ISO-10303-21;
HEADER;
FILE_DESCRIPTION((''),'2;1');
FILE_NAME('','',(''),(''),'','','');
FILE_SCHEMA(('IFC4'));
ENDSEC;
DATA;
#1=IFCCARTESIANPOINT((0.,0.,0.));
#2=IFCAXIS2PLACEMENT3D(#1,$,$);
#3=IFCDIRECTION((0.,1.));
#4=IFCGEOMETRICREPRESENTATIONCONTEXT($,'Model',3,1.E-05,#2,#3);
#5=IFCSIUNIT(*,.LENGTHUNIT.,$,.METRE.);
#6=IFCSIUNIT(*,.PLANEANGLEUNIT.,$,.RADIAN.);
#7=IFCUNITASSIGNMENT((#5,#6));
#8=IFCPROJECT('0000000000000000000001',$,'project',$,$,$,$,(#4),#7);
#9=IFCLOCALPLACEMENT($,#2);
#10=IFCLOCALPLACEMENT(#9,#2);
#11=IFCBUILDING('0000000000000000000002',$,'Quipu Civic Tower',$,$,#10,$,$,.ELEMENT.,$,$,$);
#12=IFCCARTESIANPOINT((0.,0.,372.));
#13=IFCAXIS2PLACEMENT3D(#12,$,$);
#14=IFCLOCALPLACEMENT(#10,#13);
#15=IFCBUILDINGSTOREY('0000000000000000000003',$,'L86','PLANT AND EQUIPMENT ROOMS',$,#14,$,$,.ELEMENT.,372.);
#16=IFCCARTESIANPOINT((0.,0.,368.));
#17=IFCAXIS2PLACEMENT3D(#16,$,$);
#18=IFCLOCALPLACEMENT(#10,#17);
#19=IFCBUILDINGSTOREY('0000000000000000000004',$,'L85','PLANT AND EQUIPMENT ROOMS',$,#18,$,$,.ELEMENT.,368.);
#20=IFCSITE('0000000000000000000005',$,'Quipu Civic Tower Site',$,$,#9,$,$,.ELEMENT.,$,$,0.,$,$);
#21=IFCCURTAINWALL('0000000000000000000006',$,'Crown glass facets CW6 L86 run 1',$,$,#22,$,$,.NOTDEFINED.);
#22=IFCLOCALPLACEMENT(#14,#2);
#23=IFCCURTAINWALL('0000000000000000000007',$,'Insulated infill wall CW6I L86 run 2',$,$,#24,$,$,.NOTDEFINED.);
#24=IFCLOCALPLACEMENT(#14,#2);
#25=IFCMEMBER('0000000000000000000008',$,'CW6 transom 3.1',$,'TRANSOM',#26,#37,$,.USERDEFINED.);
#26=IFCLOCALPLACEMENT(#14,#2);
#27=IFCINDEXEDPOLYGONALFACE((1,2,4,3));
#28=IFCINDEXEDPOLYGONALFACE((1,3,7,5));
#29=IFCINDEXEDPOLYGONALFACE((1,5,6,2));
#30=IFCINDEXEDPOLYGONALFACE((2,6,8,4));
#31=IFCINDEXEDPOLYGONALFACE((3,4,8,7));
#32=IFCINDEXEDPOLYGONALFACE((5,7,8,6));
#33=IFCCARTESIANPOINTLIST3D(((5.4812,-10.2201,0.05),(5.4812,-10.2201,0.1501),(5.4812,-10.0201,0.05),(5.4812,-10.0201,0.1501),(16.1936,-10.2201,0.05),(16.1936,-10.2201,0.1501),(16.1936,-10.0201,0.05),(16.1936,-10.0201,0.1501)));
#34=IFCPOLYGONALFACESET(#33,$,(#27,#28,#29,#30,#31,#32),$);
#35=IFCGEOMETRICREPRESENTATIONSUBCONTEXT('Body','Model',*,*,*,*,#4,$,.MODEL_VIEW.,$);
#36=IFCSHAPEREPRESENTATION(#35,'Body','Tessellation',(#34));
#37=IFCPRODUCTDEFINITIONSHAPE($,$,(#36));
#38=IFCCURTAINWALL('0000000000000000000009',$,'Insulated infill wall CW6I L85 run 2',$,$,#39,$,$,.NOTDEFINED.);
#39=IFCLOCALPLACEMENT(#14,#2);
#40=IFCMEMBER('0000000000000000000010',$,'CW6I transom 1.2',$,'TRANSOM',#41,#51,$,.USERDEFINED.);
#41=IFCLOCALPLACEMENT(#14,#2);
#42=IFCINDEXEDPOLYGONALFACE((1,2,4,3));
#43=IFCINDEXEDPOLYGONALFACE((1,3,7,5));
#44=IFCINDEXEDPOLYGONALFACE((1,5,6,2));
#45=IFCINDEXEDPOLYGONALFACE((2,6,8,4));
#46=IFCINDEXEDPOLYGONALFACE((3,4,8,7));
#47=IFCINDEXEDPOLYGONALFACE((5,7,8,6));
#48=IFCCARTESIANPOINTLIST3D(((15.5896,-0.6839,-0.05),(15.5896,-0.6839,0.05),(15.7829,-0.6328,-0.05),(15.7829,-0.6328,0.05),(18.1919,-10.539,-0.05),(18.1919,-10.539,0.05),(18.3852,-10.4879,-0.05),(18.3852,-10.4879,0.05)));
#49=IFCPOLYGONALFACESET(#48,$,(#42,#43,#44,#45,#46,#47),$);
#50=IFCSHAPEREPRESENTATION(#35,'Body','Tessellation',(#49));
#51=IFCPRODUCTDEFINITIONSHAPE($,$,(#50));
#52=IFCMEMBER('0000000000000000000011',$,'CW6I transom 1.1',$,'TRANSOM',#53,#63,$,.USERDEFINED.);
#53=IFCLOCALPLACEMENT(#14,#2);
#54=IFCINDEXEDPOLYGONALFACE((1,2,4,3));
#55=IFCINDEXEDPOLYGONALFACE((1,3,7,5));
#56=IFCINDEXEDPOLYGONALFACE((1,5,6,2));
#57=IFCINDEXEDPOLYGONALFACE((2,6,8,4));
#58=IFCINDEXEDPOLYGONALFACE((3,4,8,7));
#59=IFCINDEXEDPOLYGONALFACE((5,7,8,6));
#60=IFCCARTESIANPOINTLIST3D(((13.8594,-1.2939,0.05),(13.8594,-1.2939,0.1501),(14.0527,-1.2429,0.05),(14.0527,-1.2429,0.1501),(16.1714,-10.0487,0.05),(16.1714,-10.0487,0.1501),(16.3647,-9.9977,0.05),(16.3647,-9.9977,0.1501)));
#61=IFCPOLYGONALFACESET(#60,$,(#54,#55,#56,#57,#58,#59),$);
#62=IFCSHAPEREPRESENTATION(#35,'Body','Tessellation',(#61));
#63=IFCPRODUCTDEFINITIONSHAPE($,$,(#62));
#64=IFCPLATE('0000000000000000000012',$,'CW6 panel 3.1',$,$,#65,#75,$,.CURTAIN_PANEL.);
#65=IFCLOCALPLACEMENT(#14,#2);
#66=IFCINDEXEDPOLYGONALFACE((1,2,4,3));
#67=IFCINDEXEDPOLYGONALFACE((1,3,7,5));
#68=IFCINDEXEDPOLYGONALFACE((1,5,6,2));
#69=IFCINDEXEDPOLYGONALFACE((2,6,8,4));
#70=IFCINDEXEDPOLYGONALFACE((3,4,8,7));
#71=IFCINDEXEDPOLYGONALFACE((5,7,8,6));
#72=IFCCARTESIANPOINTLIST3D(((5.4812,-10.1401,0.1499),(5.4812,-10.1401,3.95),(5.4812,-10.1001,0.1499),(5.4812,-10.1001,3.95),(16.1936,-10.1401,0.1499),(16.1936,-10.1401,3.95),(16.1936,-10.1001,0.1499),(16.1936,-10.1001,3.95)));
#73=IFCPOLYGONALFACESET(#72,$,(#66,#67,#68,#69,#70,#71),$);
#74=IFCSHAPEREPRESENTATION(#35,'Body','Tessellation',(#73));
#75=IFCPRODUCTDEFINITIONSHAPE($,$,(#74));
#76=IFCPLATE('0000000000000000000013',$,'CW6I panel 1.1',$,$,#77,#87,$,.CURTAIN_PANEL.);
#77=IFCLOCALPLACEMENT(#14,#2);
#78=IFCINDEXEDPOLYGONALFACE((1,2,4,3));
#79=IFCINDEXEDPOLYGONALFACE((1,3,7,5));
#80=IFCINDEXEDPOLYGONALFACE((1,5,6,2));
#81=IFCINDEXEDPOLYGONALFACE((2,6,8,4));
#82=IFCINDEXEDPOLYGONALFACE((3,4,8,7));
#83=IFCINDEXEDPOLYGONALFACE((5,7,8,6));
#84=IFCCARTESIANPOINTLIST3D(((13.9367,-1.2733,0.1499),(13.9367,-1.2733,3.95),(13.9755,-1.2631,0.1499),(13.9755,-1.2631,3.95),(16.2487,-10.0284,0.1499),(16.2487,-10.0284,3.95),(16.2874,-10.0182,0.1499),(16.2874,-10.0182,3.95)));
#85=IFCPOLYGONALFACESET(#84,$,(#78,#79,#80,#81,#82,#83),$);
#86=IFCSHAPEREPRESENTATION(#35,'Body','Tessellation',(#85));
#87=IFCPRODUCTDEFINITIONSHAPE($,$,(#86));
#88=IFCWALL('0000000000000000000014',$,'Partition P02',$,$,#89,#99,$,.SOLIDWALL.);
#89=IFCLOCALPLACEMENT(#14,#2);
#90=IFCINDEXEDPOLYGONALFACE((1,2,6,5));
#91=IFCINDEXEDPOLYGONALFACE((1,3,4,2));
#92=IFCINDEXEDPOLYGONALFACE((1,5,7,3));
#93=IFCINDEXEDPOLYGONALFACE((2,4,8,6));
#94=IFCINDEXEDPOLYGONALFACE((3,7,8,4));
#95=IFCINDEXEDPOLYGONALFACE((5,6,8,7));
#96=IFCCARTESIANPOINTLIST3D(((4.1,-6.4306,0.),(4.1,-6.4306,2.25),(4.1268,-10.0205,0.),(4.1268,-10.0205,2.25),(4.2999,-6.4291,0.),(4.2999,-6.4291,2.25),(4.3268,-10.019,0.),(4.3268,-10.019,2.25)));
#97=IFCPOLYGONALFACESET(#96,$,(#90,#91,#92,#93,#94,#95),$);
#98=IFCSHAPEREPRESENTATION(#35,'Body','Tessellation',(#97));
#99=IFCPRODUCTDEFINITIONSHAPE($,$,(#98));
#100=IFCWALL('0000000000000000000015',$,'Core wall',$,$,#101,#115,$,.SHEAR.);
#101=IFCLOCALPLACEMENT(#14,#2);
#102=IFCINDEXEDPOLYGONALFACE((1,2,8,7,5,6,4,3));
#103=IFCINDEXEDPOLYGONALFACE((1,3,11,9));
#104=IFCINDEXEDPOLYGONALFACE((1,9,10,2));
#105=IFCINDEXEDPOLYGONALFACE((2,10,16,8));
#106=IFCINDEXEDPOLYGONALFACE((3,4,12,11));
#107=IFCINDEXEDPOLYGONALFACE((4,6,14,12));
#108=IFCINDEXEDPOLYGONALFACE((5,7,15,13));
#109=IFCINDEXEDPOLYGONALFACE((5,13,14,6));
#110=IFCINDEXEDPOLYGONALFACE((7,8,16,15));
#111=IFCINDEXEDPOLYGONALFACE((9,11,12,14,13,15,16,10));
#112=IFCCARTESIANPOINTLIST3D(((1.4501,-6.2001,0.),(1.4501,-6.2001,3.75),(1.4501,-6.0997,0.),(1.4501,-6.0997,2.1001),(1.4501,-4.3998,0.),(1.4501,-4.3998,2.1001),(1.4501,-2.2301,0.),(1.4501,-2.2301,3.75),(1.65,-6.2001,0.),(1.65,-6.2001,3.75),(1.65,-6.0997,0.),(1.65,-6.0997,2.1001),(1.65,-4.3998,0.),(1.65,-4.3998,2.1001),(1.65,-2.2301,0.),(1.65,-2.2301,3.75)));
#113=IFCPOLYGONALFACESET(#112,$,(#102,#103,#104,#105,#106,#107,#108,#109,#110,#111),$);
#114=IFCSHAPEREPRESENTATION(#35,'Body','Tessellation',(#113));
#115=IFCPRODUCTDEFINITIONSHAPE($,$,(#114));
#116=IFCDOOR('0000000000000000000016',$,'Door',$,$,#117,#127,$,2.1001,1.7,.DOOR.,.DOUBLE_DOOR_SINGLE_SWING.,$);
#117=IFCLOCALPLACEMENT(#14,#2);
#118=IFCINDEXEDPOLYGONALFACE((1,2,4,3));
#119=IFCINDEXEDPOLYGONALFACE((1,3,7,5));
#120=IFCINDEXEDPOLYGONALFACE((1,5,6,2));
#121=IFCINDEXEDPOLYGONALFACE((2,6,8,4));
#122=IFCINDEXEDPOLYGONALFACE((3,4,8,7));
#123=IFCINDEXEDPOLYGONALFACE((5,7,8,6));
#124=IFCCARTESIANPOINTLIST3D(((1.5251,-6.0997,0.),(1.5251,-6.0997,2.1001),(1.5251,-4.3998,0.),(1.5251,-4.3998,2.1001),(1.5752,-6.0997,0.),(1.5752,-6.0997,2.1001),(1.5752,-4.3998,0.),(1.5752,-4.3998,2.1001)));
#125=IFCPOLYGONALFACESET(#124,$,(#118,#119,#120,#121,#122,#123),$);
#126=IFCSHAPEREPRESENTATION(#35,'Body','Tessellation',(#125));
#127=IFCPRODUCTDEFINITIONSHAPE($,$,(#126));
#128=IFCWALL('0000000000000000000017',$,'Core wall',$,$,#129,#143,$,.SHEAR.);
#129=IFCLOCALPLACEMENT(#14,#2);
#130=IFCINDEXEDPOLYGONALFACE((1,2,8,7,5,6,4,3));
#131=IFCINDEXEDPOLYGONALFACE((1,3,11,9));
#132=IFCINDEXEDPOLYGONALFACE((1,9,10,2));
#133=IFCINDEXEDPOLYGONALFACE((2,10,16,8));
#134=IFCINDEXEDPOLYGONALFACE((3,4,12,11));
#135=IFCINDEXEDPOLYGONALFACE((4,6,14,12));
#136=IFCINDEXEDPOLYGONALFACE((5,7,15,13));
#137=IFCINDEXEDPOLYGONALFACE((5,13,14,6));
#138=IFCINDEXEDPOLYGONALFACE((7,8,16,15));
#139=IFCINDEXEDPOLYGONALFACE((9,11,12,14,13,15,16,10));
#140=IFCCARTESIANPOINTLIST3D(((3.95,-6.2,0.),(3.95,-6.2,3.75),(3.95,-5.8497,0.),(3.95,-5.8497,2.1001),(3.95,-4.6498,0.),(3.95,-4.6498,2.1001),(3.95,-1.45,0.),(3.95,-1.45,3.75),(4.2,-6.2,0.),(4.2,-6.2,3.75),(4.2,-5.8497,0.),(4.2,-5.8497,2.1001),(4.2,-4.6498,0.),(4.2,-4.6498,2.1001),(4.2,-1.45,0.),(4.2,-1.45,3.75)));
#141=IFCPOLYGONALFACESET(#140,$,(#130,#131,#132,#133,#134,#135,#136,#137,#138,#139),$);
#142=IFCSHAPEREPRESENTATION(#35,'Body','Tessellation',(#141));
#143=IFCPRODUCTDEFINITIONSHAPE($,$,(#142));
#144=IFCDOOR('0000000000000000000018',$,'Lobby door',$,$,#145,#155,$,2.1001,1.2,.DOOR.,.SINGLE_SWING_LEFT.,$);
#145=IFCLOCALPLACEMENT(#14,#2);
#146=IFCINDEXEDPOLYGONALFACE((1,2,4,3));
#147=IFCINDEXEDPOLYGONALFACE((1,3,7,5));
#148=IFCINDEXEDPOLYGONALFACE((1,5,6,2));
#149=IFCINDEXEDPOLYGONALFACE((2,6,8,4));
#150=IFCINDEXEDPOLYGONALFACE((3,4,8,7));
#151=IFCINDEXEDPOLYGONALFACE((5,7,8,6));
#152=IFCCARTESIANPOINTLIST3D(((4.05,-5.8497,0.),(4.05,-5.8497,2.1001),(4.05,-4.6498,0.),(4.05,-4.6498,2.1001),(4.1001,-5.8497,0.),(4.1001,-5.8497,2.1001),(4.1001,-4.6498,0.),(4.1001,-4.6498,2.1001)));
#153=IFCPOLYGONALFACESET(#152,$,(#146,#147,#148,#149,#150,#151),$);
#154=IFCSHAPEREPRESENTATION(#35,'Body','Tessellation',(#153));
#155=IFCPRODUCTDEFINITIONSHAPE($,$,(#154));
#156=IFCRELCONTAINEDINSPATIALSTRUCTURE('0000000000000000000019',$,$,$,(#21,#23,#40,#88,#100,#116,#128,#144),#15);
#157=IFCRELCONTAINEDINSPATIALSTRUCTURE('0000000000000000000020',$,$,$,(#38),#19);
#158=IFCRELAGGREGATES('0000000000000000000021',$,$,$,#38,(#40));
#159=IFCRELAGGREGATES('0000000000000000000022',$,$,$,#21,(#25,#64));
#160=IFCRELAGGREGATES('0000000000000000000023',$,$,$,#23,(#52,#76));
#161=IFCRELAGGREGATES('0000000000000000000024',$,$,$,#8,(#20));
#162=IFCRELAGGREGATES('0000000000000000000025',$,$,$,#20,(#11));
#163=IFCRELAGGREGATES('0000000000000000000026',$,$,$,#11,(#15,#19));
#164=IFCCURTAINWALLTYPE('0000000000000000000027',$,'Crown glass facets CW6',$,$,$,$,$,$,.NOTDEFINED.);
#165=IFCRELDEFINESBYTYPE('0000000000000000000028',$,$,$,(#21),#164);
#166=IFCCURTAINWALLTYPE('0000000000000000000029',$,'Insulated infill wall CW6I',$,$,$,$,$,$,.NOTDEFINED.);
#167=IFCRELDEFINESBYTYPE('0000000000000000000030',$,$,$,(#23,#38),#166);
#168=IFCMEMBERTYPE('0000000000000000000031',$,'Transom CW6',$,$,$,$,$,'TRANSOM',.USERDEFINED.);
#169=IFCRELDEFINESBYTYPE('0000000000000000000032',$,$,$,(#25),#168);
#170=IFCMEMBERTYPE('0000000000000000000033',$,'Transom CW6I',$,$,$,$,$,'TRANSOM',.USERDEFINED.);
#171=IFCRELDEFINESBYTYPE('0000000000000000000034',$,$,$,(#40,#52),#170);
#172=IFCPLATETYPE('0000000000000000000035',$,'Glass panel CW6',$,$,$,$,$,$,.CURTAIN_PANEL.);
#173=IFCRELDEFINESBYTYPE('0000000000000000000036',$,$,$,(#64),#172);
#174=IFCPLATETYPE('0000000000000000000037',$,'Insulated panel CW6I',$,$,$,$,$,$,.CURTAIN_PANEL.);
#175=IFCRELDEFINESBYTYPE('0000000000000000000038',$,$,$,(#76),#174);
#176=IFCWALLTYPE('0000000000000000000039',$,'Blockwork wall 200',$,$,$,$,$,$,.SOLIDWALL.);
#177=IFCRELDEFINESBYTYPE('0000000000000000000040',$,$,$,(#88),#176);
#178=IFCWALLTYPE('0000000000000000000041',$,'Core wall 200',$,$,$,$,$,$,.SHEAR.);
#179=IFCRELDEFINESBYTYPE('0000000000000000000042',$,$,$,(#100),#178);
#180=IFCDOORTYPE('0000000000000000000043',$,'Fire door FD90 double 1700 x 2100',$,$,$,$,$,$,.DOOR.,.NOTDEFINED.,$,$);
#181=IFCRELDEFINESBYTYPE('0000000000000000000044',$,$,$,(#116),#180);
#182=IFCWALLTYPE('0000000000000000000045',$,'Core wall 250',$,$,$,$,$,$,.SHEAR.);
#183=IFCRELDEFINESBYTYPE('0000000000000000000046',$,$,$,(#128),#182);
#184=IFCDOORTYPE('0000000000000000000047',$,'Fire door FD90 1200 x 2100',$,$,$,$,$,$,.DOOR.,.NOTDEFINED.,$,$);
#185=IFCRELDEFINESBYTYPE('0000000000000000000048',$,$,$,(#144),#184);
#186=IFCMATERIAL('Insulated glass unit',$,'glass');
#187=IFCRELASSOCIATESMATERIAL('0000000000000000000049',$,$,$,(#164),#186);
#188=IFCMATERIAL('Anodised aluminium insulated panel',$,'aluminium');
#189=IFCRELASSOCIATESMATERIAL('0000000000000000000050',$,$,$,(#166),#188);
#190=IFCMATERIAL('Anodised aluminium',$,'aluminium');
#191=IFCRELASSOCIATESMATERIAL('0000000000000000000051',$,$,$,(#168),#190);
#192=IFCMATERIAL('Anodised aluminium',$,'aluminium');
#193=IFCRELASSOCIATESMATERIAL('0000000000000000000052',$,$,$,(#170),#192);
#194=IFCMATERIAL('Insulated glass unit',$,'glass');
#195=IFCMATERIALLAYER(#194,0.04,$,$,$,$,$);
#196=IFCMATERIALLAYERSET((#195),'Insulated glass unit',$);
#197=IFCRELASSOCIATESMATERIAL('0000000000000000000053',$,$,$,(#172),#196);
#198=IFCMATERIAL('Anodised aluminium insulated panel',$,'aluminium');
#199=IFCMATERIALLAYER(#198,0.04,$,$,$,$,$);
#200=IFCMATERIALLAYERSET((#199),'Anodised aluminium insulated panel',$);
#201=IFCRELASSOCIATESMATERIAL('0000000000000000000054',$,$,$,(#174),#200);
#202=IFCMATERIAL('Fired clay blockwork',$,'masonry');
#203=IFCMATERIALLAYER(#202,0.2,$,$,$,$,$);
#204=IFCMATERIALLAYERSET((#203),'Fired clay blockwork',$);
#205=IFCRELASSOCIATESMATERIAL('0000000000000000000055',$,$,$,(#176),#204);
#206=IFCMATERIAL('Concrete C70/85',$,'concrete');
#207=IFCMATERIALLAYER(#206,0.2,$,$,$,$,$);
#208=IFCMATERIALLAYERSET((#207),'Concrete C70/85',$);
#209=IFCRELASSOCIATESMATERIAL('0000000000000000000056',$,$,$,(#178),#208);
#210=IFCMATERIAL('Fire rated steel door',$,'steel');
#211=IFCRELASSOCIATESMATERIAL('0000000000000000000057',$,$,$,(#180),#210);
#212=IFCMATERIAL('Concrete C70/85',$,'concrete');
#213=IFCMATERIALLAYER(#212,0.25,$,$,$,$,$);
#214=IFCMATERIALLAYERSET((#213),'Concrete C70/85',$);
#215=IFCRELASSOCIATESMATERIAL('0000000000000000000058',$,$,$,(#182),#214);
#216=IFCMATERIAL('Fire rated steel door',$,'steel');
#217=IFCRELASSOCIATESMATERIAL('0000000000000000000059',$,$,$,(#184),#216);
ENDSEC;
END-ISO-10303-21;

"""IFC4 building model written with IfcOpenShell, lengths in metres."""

from ifc_helpers import new_model, si_unit, direction, frame, frame_2d, origin, origin_2d, place, context, subcontext, project, spatial, rectangle, extrude, material, layer, layer_set, material_profile, profile_set, type_object, element, fill, aggregate, save


model = new_model("IFC4")

# Units and contexts
model_context = context("Model", 3, precision=1e-05, world=origin(), true_north=direction((0.0, 1.0)))
body_context = subcontext(model_context, "Body", "Model", "MODEL_VIEW")
ifc_project = project(units=[si_unit("LENGTHUNIT", "METRE"), si_unit("PLANEANGLEUNIT", "RADIAN")], contexts=[model_context])

# Site, building, storey
site_placement = place(None, origin())
site = spatial("IfcSite", under=ifc_project, at=site_placement, Name="Quipu Civic Tower Site", CompositionType="ELEMENT", RefElevation=0.0)
building_placement = place(site_placement, origin())
building = spatial("IfcBuilding", under=site, at=building_placement, Name="Quipu Civic Tower", CompositionType="ELEMENT")
storey_1_placement = place(building_placement, frame((0.0, 0.0, 372.0)))
storey_1 = spatial("IfcBuildingStorey", under=building, at=storey_1_placement, Name="L86", Description="PLANT AND EQUIPMENT ROOMS", CompositionType="ELEMENT", Elevation=372.0)

# Curtain wall
ifc_material_1 = material(Name="Insulated glass unit", Category="glass")
curtain_wall_type_1 = type_object("IfcCurtainWallType", Name="Crown glass facets CW6", PredefinedType="NOTDEFINED", material=ifc_material_1)
curtain_wall_1_placement = place(storey_1_placement, origin())
curtain_wall_1 = element("IfcCurtainWall", 1, at=curtain_wall_1_placement, inside=storey_1, type_object=curtain_wall_type_1, Name="Crown glass facets CW6 L86 run 1", PredefinedType="NOTDEFINED")

# Curtain wall
ifc_material_2 = material(Name="Anodised aluminium insulated panel", Category="aluminium")
curtain_wall_type_2 = type_object("IfcCurtainWallType", Name="Insulated infill wall CW6I", PredefinedType="NOTDEFINED", material=ifc_material_2)
curtain_wall_2_placement = place(storey_1_placement, origin())
curtain_wall_2 = element("IfcCurtainWall", 2, at=curtain_wall_2_placement, inside=storey_1, type_object=curtain_wall_type_2, Name="Insulated infill wall CW6I L86 run 2", PredefinedType="NOTDEFINED")

# Shared definitions
storey_2_placement = place(building_placement, frame((0.0, 0.0, 368.0)))
storey_2 = spatial("IfcBuildingStorey", under=building, at=storey_2_placement, Name="L85", Description="PLANT AND EQUIPMENT ROOMS", CompositionType="ELEMENT", Elevation=368.0)

# Shared definitions
ifc_material_3 = material(Name="Anodised aluminium", Category="aluminium")
ifc_material_profile_1 = material_profile(ifc_material_3, rectangle(XDim=0.2, YDim=0.1001, at=origin_2d()), Name="RECT 200x100")
ifc_profile_set_1 = profile_set([ifc_material_profile_1], Name="Anodised aluminium")
member_type_1 = type_object("IfcMemberType", Name="Transom CW6", ElementType="TRANSOM", PredefinedType="USERDEFINED", material=ifc_profile_set_1)

# Member
member_1_placement = place(storey_1_placement, frame((5.4812, -10.1201, 0.1001), z_axis=(1.0, 0.0, 0.0), x_axis=(0.0, 1.0, 0.0)))
member_1 = element("IfcMember", 3, at=member_1_placement, type_object=member_type_1, Name="CW6 transom 3.1", ObjectType="TRANSOM", PredefinedType="USERDEFINED", context=body_context, shape_type="SweptSolid", body=[
    extrude(rectangle(XDim=0.2, YDim=0.1001, at=origin_2d()), origin(), (0.0, 0.0, 1.0), 10.7124),
])

# Curtain wall, member
curtain_wall_3_placement = place(storey_2_placement, origin())
curtain_wall_3 = element("IfcCurtainWall", 4, at=curtain_wall_3_placement, inside=storey_2, type_object=curtain_wall_type_2, Name="Insulated infill wall CW6I L85 run 2", PredefinedType="NOTDEFINED")
ifc_material_4 = material(Name="Anodised aluminium", Category="aluminium")
ifc_material_profile_2 = material_profile(ifc_material_4, rectangle(XDim=0.2, YDim=0.1001, at=origin_2d()), Name="RECT 200x100")
ifc_profile_set_2 = profile_set([ifc_material_profile_2], Name="Anodised aluminium")
member_type_2 = type_object("IfcMemberType", Name="Transom CW6I", ElementType="TRANSOM", PredefinedType="USERDEFINED", material=ifc_profile_set_2)
member_2_placement = place(storey_1_placement, frame((18.2886, -10.5134, 0.0), z_axis=(-0.255308, 0.96686, 0.0), x_axis=(-0.96686, -0.255308, 0.0)))
member_2 = element("IfcMember", 5, at=member_2_placement, inside=storey_1, type_object=member_type_2, Name="CW6I transom 1.2", ObjectType="TRANSOM", PredefinedType="USERDEFINED", context=body_context, shape_type="SweptSolid", body=[
    extrude(rectangle(XDim=0.2, YDim=0.1001, at=origin_2d()), origin(), (0.0, 0.0, 1.0), 10.1929),
])
aggregate(curtain_wall_3, [member_2])

# Member
member_3_placement = place(storey_1_placement, frame((16.2681, -10.0232, 0.1001), z_axis=(-0.255329, 0.966854, 0.0), x_axis=(-0.966854, -0.255329, 0.0)))
member_3 = element("IfcMember", 6, at=member_3_placement, type_object=member_type_2, Name="CW6I transom 1.1", ObjectType="TRANSOM", PredefinedType="USERDEFINED", context=body_context, shape_type="SweptSolid", body=[
    extrude(rectangle(XDim=0.2, YDim=0.1001, at=origin_2d()), origin(), (0.0, 0.0, 1.0), 9.0549),
])

# Plates
ifc_material_5 = material(Name="Insulated glass unit", Category="glass")
ifc_layer_1 = layer(ifc_material_5, 0.04)
ifc_layer_set_1 = layer_set([ifc_layer_1], Name="Insulated glass unit")
plate_type_1 = type_object("IfcPlateType", Name="Glass panel CW6", PredefinedType="CURTAIN_PANEL", material=ifc_layer_set_1)
plate_1_placement = place(storey_1_placement, frame((10.8374, -10.1201, 0.1499), z_axis=(0.0, 0.0, 1.0), x_axis=(1.0, 0.0, 0.0)))
plate_1 = element("IfcPlate", 7, at=plate_1_placement, type_object=plate_type_1, Name="CW6 panel 3.1", PredefinedType="CURTAIN_PANEL", context=body_context, shape_type="SweptSolid", body=[
    extrude(rectangle(XDim=10.7124, YDim=0.04, at=origin_2d()), origin(), (0.0, 0.0, 1.0), 3.8),
])
aggregate(curtain_wall_1, [member_1, plate_1])
ifc_material_6 = material(Name="Anodised aluminium insulated panel", Category="aluminium")
ifc_layer_2 = layer(ifc_material_6, 0.04)
ifc_layer_set_2 = layer_set([ifc_layer_2], Name="Anodised aluminium insulated panel")
plate_type_2 = type_object("IfcPlateType", Name="Insulated panel CW6I", PredefinedType="CURTAIN_PANEL", material=ifc_layer_set_2)
plate_2_placement = place(storey_1_placement, frame((15.1121, -5.6458, 0.1499), z_axis=(0.0, 0.0, 1.0), x_axis=(-0.255316, 0.966858, 0.0)))
plate_2 = element("IfcPlate", 8, at=plate_2_placement, type_object=plate_type_2, Name="CW6I panel 1.1", PredefinedType="CURTAIN_PANEL", context=body_context, shape_type="SweptSolid", body=[
    extrude(rectangle(XDim=9.0552, YDim=0.04, at=origin_2d()), origin(), (0.0, 0.0, 1.0), 3.8),
])
aggregate(curtain_wall_2, [member_3, plate_2])

# Wall
ifc_material_7 = material(Name="Fired clay blockwork", Category="masonry")
ifc_layer_3 = layer(ifc_material_7, 0.2)
ifc_layer_set_3 = layer_set([ifc_layer_3], Name="Fired clay blockwork")
wall_type_1 = type_object("IfcWallType", Name="Blockwork wall 200", PredefinedType="SOLIDWALL", material=ifc_layer_set_3)
wall_1_placement = place(storey_1_placement, frame((4.2, -6.4299, 0.0), z_axis=(0.0, 0.0, 1.0), x_axis=(0.00748, -0.999972, 0.0)))
element("IfcWall", 9, at=wall_1_placement, inside=storey_1, type_object=wall_type_1, Name="Partition P02", PredefinedType="SOLIDWALL", context=body_context, shape_type="SweptSolid", body=[
    extrude(rectangle(XDim=3.5901, YDim=0.2, at=frame_2d((1.7949, 0.0))), origin(), (0.0, 0.0, 1.0), 2.25),
])

# Walls, openings, doors
ifc_material_8 = material(Name="Concrete C70/85", Category="concrete")
ifc_layer_4 = layer(ifc_material_8, 0.2)
ifc_layer_set_4 = layer_set([ifc_layer_4], Name="Concrete C70/85")
wall_type_2 = type_object("IfcWallType", Name="Core wall 200", PredefinedType="SHEAR", material=ifc_layer_set_4)
wall_2_placement = place(storey_1_placement, frame((1.55, -6.2, 0.0), z_axis=(0.0, 0.0, 1.0), x_axis=(0.0, 1.0, 0.0)))
wall_2 = element("IfcWall", 10, at=wall_2_placement, inside=storey_1, type_object=wall_type_2, Name="Core wall", PredefinedType="SHEAR", context=body_context, shape_type="SweptSolid", body=[
    extrude(rectangle(XDim=3.97, YDim=0.2, at=frame_2d((1.9849, 0.0))), origin(), (0.0, 0.0, 1.0), 3.75),
])
opening_1_placement = place(wall_2_placement, frame((0.1001, 0.0, 0.0)))
opening_1 = element("IfcOpeningElement", 11, at=opening_1_placement, cuts=wall_2, PredefinedType="OPENING", context=body_context, shape_type="SweptSolid", body=[
    extrude(rectangle(XDim=1.7, YDim=2.1001, at=frame_2d((0.8501, 1.05))), frame((0.0, 0.1099, 0.0), z_axis=(0.0, -1.0, 0.0), x_axis=(1.0, 0.0, 0.0)), (0.0, 0.0, 1.0), 0.22),
])
ifc_material_9 = material(Name="Fire rated steel door", Category="steel")
door_type_1 = type_object("IfcDoorType", Name="Fire door FD90 double 1700 x 2100", OperationType="NOTDEFINED", PredefinedType="DOOR", material=ifc_material_9)
door_1_placement = place(opening_1_placement, origin())
door_1 = element("IfcDoor", 12, at=door_1_placement, inside=storey_1, type_object=door_type_1, Name="Door", OperationType="DOUBLE_DOOR_SINGLE_SWING", OverallHeight=2.1001, OverallWidth=1.7, PredefinedType="DOOR", context=body_context, shape_type="SweptSolid", body=[
    extrude(rectangle(XDim=1.7, YDim=2.1001, at=frame_2d((0.8501, 1.05))), frame((0.0, 0.0249, 0.0), z_axis=(0.0, -1.0, 0.0), x_axis=(1.0, 0.0, 0.0)), (0.0, 0.0, 1.0), 0.05),
])
fill(opening_1, door_1)
ifc_material_10 = material(Name="Concrete C70/85", Category="concrete")
ifc_layer_5 = layer(ifc_material_10, 0.25)
ifc_layer_set_5 = layer_set([ifc_layer_5], Name="Concrete C70/85")
wall_type_3 = type_object("IfcWallType", Name="Core wall 250", PredefinedType="SHEAR", material=ifc_layer_set_5)
wall_3_placement = place(storey_1_placement, frame((4.075, -6.2, 0.0), z_axis=(0.0, 0.0, 1.0), x_axis=(0.0, 1.0, 0.0)))
wall_3 = element("IfcWall", 13, at=wall_3_placement, inside=storey_1, type_object=wall_type_3, Name="Core wall", PredefinedType="SHEAR", context=body_context, shape_type="SweptSolid", body=[
    extrude(rectangle(XDim=4.75, YDim=0.25, at=frame_2d((2.375, 0.0))), origin(), (0.0, 0.0, 1.0), 3.75),
])
opening_2_placement = place(wall_3_placement, frame((0.3501, 0.0, 0.0)))
opening_2 = element("IfcOpeningElement", 14, at=opening_2_placement, cuts=wall_3, PredefinedType="OPENING", context=body_context, shape_type="SweptSolid", body=[
    extrude(rectangle(XDim=1.2, YDim=2.1001, at=frame_2d((0.6001, 1.05))), frame((0.0, 0.135, 0.0), z_axis=(0.0, -1.0, 0.0), x_axis=(1.0, 0.0, 0.0)), (0.0, 0.0, 1.0), 0.27),
])
ifc_material_11 = material(Name="Fire rated steel door", Category="steel")
door_type_2 = type_object("IfcDoorType", Name="Fire door FD90 1200 x 2100", OperationType="NOTDEFINED", PredefinedType="DOOR", material=ifc_material_11)
door_2_placement = place(opening_2_placement, origin())
door_2 = element("IfcDoor", 15, at=door_2_placement, inside=storey_1, type_object=door_type_2, Name="Lobby door", OperationType="SINGLE_SWING_LEFT", OverallHeight=2.1001, OverallWidth=1.2, PredefinedType="DOOR", context=body_context, shape_type="SweptSolid", body=[
    extrude(rectangle(XDim=1.2, YDim=2.1001, at=frame_2d((0.6001, 1.05))), frame((0.0, 0.0249, 0.0), z_axis=(0.0, -1.0, 0.0), x_axis=(1.0, 0.0, 0.0)), (0.0, 0.0, 1.0), 0.05),
])
fill(opening_2, door_2)

save(model, "model.ifc")
